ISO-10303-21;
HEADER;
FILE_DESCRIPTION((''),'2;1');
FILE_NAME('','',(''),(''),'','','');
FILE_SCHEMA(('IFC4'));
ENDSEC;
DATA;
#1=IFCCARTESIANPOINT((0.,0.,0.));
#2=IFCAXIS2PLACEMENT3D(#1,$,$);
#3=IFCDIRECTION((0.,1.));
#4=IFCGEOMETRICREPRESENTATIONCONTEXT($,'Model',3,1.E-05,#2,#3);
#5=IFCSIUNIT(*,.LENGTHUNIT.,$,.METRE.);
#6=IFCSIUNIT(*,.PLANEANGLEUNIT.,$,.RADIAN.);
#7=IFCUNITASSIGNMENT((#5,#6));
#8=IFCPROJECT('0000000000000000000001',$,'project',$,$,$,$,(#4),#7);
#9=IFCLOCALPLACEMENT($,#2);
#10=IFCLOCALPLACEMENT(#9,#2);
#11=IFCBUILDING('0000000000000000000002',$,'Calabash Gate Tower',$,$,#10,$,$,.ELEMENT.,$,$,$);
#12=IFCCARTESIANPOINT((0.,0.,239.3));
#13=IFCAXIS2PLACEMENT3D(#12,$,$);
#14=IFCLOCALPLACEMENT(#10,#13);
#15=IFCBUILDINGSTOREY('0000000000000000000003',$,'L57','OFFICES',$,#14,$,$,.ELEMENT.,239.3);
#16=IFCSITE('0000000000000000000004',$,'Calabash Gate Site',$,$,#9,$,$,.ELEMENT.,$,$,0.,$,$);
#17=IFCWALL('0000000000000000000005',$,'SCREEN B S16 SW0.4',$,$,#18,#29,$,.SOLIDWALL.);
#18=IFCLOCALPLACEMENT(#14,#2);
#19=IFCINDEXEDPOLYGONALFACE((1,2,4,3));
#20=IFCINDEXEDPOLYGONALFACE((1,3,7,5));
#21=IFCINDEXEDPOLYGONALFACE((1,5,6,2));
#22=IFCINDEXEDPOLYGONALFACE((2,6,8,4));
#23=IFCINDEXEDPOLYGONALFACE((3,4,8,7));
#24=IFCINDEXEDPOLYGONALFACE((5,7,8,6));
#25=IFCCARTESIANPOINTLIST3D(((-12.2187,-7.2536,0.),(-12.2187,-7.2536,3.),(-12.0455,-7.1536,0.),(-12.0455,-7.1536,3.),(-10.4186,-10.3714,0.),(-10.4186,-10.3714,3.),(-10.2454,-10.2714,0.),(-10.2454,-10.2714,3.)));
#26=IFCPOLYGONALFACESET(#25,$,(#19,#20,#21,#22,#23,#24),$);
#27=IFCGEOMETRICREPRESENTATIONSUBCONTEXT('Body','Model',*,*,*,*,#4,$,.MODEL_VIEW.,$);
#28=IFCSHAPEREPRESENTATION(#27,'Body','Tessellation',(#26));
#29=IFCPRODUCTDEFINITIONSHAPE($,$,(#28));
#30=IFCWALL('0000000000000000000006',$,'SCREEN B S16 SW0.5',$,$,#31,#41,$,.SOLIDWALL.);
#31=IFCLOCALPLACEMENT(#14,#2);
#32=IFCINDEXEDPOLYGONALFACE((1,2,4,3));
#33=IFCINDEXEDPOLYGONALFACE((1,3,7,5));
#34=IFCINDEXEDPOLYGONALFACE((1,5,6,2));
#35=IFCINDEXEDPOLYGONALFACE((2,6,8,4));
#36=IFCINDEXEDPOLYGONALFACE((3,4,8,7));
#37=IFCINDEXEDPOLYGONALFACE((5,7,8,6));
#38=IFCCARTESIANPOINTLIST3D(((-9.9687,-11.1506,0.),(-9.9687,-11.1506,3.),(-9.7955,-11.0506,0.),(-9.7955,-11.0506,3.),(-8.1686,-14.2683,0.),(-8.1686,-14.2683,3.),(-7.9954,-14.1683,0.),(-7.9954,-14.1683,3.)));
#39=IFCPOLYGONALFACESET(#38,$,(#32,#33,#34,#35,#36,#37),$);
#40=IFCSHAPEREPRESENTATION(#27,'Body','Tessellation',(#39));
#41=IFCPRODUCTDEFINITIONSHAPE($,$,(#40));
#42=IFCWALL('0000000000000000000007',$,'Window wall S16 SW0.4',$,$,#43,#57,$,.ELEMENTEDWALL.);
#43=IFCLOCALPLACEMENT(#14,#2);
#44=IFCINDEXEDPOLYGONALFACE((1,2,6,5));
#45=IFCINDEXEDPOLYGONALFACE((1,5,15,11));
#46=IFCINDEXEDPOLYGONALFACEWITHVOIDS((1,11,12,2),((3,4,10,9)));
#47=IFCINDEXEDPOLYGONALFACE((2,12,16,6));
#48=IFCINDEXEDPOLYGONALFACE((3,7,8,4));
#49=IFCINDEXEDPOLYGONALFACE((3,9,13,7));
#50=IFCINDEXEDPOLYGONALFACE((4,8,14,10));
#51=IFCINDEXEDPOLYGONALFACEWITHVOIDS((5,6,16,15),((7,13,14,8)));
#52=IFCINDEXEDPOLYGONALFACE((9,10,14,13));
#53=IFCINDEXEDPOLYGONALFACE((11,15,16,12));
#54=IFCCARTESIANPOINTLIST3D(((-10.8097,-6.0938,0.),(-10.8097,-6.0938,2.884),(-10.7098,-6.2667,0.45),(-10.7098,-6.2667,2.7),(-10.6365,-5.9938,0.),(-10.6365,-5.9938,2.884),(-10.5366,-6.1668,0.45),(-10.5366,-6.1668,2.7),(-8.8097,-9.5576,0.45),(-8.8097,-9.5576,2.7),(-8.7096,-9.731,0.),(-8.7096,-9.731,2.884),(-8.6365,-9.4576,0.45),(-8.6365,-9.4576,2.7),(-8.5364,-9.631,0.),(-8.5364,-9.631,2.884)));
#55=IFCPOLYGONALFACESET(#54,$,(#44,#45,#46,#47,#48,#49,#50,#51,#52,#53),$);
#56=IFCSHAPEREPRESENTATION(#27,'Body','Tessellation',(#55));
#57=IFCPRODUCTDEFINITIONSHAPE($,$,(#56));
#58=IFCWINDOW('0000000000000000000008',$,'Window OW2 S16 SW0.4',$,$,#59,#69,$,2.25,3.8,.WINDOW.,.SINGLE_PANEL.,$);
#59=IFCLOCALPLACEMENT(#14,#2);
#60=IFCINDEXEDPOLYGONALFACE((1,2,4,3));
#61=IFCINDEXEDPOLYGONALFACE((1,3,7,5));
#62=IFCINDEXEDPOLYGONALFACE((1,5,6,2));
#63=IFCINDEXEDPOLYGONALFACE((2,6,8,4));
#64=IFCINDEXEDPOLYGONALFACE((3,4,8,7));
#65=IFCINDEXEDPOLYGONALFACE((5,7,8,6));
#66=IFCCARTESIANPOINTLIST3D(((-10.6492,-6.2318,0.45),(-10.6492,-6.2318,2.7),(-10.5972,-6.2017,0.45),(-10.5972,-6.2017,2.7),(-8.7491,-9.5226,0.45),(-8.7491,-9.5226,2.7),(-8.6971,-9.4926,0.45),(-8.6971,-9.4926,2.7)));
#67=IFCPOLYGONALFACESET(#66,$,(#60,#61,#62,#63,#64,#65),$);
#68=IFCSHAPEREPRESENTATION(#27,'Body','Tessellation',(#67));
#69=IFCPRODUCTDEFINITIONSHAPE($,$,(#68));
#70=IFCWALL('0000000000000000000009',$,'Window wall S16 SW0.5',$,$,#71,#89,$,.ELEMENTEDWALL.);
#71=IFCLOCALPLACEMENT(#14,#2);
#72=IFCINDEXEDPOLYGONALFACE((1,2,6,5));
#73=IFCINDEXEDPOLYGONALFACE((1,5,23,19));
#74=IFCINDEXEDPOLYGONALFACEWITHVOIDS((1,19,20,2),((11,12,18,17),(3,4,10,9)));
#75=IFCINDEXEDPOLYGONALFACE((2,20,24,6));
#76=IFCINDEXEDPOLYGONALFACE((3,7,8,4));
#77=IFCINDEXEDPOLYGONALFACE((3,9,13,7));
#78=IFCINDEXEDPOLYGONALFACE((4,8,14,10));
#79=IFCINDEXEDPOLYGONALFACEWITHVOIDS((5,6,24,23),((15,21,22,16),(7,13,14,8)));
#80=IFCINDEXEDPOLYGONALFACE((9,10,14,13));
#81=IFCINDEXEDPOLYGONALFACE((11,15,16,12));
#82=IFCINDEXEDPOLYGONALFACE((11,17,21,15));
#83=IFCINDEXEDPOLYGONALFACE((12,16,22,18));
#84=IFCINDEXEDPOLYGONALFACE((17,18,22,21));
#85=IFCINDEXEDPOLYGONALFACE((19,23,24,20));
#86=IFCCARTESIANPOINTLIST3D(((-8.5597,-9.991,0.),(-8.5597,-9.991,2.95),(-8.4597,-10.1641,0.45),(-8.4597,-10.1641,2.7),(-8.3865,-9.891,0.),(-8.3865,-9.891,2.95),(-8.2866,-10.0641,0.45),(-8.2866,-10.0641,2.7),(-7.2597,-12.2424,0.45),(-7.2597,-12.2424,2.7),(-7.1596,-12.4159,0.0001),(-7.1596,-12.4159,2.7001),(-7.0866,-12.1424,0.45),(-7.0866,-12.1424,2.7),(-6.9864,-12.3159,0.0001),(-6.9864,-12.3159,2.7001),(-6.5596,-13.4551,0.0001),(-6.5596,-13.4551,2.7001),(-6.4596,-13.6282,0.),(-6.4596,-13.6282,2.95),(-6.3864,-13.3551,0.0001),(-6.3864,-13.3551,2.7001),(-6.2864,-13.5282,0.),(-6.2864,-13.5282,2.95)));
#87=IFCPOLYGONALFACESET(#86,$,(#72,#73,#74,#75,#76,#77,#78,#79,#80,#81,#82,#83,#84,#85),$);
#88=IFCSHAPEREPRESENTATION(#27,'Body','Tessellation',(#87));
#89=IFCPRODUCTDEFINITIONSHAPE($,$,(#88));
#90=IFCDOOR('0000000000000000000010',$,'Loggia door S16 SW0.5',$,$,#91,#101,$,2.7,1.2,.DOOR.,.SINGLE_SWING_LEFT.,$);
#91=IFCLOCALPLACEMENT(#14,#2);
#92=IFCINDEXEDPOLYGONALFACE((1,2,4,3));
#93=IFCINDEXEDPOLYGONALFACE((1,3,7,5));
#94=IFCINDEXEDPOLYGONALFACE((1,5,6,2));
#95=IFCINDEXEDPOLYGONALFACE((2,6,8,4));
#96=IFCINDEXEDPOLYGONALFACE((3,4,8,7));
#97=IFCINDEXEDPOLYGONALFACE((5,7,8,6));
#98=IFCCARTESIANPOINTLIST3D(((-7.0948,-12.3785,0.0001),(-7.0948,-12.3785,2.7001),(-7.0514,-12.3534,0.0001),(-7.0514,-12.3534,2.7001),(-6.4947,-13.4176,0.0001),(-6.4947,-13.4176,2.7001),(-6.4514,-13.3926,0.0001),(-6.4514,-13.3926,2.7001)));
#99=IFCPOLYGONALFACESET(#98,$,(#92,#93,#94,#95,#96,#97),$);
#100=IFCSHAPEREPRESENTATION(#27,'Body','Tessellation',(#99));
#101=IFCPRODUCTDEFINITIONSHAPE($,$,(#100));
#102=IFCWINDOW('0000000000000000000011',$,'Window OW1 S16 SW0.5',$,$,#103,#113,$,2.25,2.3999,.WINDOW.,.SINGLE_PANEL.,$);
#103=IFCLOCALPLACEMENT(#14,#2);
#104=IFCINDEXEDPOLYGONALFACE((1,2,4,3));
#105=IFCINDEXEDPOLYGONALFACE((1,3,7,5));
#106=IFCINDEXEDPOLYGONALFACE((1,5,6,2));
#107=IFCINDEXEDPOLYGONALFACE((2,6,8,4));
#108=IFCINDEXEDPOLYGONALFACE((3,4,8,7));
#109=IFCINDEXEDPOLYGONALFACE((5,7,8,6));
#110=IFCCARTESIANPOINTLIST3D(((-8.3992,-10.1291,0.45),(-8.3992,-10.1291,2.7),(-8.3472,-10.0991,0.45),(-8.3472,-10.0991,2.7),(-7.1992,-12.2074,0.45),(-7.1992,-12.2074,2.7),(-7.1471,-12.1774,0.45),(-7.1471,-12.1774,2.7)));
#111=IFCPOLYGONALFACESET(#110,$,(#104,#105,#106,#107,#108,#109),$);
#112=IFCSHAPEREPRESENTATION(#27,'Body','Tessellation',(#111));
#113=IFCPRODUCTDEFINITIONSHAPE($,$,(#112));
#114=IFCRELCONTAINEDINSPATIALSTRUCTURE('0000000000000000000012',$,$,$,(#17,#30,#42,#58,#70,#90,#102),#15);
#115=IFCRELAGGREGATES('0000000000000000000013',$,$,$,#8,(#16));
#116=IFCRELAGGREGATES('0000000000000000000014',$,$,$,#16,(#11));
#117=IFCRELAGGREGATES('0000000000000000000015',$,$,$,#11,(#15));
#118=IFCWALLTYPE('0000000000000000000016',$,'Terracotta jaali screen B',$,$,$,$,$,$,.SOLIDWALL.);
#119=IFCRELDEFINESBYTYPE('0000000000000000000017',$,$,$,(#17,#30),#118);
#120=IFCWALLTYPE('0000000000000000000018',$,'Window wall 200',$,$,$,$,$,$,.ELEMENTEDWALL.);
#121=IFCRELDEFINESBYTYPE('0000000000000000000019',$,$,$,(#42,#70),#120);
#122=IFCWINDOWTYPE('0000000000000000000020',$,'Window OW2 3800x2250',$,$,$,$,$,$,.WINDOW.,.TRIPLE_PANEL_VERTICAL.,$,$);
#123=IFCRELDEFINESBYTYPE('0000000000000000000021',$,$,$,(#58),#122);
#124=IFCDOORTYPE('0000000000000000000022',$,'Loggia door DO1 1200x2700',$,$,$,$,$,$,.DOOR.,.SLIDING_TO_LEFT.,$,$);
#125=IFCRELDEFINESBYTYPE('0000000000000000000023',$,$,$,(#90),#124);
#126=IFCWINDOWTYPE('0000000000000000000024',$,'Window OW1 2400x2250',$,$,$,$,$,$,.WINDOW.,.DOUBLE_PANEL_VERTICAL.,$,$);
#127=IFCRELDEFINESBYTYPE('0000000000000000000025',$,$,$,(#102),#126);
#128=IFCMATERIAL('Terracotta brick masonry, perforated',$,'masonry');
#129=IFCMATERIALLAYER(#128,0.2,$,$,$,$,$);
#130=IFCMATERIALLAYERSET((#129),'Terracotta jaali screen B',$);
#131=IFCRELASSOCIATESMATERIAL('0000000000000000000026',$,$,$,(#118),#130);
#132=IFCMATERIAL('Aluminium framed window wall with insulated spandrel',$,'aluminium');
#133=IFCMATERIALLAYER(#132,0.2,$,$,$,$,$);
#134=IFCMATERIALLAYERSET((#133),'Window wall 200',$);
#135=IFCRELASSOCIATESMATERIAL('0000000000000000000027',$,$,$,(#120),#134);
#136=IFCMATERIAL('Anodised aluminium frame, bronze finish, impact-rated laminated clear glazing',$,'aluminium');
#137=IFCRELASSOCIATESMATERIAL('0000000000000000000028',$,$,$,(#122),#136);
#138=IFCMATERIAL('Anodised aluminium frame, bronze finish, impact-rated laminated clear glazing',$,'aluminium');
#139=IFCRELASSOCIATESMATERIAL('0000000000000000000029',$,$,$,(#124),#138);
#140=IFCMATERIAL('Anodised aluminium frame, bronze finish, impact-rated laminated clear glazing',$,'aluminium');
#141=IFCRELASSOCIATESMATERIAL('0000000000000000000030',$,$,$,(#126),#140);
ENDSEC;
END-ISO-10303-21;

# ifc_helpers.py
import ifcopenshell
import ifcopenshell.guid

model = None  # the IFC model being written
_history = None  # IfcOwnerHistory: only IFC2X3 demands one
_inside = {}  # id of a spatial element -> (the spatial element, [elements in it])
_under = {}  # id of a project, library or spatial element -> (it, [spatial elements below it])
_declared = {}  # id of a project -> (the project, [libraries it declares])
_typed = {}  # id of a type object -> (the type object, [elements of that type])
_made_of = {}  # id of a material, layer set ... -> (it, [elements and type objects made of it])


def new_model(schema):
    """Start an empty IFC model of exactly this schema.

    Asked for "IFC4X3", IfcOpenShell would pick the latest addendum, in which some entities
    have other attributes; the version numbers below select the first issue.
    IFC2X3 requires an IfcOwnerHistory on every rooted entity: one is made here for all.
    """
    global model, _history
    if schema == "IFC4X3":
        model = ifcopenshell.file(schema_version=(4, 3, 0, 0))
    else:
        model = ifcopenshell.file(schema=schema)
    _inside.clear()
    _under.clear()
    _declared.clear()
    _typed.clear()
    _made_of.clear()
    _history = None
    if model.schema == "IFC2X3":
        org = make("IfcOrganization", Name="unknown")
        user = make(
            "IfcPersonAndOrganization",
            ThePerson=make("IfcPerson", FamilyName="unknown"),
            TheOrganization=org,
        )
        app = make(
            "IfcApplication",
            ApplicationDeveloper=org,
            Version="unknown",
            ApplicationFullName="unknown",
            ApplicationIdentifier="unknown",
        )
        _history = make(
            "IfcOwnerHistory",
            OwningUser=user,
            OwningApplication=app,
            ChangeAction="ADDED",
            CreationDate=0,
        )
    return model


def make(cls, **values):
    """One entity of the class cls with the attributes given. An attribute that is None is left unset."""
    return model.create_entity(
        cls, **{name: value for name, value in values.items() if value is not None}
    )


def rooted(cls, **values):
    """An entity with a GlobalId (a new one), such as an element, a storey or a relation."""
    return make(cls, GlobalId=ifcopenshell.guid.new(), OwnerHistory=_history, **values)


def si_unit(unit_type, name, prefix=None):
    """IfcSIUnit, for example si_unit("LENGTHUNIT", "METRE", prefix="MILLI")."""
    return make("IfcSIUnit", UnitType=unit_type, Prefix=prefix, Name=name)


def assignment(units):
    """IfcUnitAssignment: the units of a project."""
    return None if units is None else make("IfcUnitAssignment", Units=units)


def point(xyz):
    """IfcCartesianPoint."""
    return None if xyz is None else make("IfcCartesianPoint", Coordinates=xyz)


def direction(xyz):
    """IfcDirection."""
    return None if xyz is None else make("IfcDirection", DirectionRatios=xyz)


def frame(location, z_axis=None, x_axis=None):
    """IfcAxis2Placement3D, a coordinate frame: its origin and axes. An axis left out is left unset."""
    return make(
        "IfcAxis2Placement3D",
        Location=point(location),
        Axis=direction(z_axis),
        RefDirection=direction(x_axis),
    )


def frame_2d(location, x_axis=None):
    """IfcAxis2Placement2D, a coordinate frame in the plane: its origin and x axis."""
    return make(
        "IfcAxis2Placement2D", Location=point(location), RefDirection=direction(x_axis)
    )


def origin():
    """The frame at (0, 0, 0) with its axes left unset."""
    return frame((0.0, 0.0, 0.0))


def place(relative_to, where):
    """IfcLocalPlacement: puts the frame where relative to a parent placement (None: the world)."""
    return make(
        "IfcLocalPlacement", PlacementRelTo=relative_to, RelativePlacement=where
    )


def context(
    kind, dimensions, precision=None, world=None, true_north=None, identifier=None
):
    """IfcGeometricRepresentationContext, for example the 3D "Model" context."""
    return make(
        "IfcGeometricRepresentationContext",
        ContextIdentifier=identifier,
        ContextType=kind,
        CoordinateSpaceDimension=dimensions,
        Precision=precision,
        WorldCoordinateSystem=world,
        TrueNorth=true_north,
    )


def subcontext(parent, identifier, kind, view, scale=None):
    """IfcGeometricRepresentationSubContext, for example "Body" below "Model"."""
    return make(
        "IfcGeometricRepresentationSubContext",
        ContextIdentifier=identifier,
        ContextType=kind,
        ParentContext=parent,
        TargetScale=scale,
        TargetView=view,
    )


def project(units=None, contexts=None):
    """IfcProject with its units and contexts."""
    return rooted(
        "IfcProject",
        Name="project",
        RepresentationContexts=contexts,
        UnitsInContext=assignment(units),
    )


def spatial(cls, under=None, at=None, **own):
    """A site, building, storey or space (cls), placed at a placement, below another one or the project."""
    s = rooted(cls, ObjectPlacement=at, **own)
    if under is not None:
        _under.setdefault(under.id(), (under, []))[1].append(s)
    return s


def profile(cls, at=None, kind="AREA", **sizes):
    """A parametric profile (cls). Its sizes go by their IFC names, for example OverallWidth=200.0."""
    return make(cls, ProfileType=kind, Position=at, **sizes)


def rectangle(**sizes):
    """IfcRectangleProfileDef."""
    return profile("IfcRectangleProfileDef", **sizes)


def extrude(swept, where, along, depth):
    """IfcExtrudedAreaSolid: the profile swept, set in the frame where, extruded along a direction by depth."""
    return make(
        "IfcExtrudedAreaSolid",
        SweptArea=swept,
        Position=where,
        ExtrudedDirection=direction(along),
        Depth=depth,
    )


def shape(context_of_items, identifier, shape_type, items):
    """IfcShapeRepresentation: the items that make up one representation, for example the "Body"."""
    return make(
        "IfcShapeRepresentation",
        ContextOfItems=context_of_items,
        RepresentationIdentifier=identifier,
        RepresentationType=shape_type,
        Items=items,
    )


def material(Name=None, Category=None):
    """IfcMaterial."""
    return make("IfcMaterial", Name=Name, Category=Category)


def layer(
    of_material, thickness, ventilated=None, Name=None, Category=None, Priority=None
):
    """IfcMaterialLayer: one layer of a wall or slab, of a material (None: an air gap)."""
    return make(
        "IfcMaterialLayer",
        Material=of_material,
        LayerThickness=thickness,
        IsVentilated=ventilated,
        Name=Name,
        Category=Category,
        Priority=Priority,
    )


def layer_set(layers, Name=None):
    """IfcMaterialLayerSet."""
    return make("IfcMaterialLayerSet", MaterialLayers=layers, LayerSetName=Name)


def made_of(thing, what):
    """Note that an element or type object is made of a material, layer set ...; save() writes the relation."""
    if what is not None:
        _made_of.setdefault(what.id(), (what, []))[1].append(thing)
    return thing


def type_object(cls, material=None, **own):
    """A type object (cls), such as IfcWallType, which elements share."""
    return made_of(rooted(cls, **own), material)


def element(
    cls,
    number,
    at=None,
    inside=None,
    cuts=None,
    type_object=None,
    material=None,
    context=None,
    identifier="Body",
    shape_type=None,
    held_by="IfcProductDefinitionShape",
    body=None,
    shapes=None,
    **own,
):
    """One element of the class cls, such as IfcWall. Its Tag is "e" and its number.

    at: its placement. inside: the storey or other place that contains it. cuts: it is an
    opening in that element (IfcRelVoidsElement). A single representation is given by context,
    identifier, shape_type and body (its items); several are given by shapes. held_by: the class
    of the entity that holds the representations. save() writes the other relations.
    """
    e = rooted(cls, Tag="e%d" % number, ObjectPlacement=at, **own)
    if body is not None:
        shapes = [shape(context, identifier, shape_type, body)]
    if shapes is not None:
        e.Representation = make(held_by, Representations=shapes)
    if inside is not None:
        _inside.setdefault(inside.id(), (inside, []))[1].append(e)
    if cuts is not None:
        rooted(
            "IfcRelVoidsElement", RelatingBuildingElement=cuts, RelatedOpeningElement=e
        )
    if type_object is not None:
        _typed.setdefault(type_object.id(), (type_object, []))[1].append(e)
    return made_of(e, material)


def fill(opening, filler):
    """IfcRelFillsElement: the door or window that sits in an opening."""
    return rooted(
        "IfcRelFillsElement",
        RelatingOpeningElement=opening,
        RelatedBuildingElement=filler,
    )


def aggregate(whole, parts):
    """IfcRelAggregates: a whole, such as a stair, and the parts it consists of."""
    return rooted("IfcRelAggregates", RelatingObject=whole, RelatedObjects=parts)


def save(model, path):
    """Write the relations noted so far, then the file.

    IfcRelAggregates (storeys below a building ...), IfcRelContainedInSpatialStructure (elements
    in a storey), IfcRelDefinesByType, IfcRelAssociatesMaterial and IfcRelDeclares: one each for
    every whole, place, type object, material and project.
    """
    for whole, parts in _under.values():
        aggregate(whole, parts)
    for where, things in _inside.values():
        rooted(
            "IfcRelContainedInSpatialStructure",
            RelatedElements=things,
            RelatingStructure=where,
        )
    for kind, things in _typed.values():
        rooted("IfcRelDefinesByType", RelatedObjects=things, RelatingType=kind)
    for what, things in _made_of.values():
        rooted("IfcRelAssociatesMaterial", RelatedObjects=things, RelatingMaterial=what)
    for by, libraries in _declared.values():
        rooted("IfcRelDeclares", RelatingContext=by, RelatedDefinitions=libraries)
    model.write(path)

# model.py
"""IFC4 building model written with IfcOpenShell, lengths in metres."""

from ifc_helpers import new_model, si_unit, direction, frame, frame_2d, origin, place, context, subcontext, project, spatial, rectangle, extrude, material, layer, layer_set, type_object, element, fill, save


model = new_model("IFC4")

# Units and contexts
model_context = context("Model", 3, precision=1e-05, world=origin(), true_north=direction((0.0, 1.0)))
body_context = subcontext(model_context, "Body", "Model", "MODEL_VIEW")
ifc_project = project(units=[si_unit("LENGTHUNIT", "METRE"), si_unit("PLANEANGLEUNIT", "RADIAN")], contexts=[model_context])

# Site, building, storey
site_placement = place(None, origin())
site = spatial("IfcSite", under=ifc_project, at=site_placement, Name="Calabash Gate Site", CompositionType="ELEMENT", RefElevation=0.0)
building_placement = place(site_placement, origin())
building = spatial("IfcBuilding", under=site, at=building_placement, Name="Calabash Gate Tower", CompositionType="ELEMENT")
storey_placement = place(building_placement, frame((0.0, 0.0, 239.3)))
storey = spatial("IfcBuildingStorey", under=building, at=storey_placement, Name="L57", Description="OFFICES", CompositionType="ELEMENT", Elevation=239.3)

# Walls
ifc_material_1 = material(Name="Terracotta brick masonry, perforated", Category="masonry")
ifc_layer_1 = layer(ifc_material_1, 0.2)
ifc_layer_set_1 = layer_set([ifc_layer_1], Name="Terracotta jaali screen B")
wall_type_1 = type_object("IfcWallType", Name="Terracotta jaali screen B", PredefinedType="SOLIDWALL", material=ifc_layer_set_1)
for number, where, z_axis, x_axis, name in (
    (1, (-12.1321, -7.2036, 0.0), (0.0, 0.0, 1.0), (0.500012, -0.866018, 0.0), "SCREEN B S16 SW0.4"),
    (2, (-9.8821, -11.1006, 0.0), (0.0, 0.0, 1.0), (0.500012, -0.866018, 0.0), "SCREEN B S16 SW0.5"),
):
    element("IfcWall", number, at=place(storey_placement, frame(where, z_axis=z_axis, x_axis=x_axis)), inside=storey, type_object=wall_type_1, Name=name, PredefinedType="SOLIDWALL", context=body_context, shape_type="SweptSolid", body=[
        extrude(rectangle(XDim=3.6001, YDim=0.2, at=frame_2d((1.8, 0.0))), origin(), (0.0, 0.0, 1.0), 3.0),
    ])

# Wall, opening, window
ifc_material_2 = material(Name="Aluminium framed window wall with insulated spandrel", Category="aluminium")
ifc_layer_2 = layer(ifc_material_2, 0.2)
ifc_layer_set_2 = layer_set([ifc_layer_2], Name="Window wall 200")
wall_type_2 = type_object("IfcWallType", Name="Window wall 200", PredefinedType="ELEMENTEDWALL", material=ifc_layer_set_2)
wall_1_placement = place(storey_placement, frame((-10.7231, -6.0437, 0.0), z_axis=(0.0, 0.0, 1.0), x_axis=(0.500028, -0.866009, 0.0)))
wall_1 = element("IfcWall", 3, at=wall_1_placement, inside=storey, type_object=wall_type_2, Name="Window wall S16 SW0.4", PredefinedType="ELEMENTEDWALL", context=body_context, shape_type="SweptSolid", body=[
    extrude(rectangle(XDim=4.2, YDim=0.2, at=frame_2d((2.1001, 0.0))), origin(), (0.0, 0.0, 1.0), 2.884),
])
opening_1_placement = place(wall_1_placement, frame((0.2, 0.0, 0.45)))
opening_1 = element("IfcOpeningElement", 4, at=opening_1_placement, cuts=wall_1, PredefinedType="OPENING", context=body_context, shape_type="SweptSolid", body=[
    extrude(rectangle(XDim=3.8, YDim=2.25, at=frame_2d((1.8999, 1.125))), frame((0.0, 0.1099, 0.0), z_axis=(0.0, -1.0, 0.0), x_axis=(1.0, 0.0, 0.0)), (0.0, 0.0, 1.0), 0.22),
])
ifc_material_3 = material(Name="Anodised aluminium frame, bronze finish, impact-rated laminated clear glazing", Category="aluminium")
window_type_1 = type_object("IfcWindowType", Name="Window OW2 3800x2250", PartitioningType="TRIPLE_PANEL_VERTICAL", PredefinedType="WINDOW", material=ifc_material_3)
window_1_placement = place(opening_1_placement, origin())
window_1 = element("IfcWindow", 5, at=window_1_placement, inside=storey, type_object=window_type_1, Name="Window OW2 S16 SW0.4", OverallHeight=2.25, OverallWidth=3.8, PartitioningType="SINGLE_PANEL", PredefinedType="WINDOW", context=body_context, shape_type="SweptSolid", body=[
    extrude(rectangle(XDim=3.8, YDim=2.25, at=frame_2d((1.8999, 1.125))), frame((0.0, 0.03, 0.0), z_axis=(0.0, -1.0, 0.0), x_axis=(1.0, 0.0, 0.0)), (0.0, 0.0, 1.0), 0.0601),
])
fill(opening_1, window_1)

# Wall, openings, door, window
wall_2_placement = place(storey_placement, frame((-8.4731, -9.9409, 0.0), z_axis=(0.0, 0.0, 1.0), x_axis=(0.500028, -0.866009, 0.0)))
wall_2 = element("IfcWall", 6, at=wall_2_placement, inside=storey, type_object=wall_type_2, Name="Window wall S16 SW0.5", PredefinedType="ELEMENTEDWALL", context=body_context, shape_type="SweptSolid", body=[
    extrude(rectangle(XDim=4.2, YDim=0.2, at=frame_2d((2.1001, 0.0))), origin(), (0.0, 0.0, 1.0), 2.95),
])
opening_2_placement = place(wall_2_placement, frame((0.2, 0.0, 0.45)))
opening_2 = element("IfcOpeningElement", 7, at=opening_2_placement, cuts=wall_2, PredefinedType="OPENING", context=body_context, shape_type="SweptSolid", body=[
    extrude(rectangle(XDim=2.3999, YDim=2.25, at=frame_2d((1.2, 1.125))), frame((0.0, 0.1099, 0.0), z_axis=(0.0, -1.0, 0.0), x_axis=(1.0, 0.0, 0.0)), (0.0, 0.0, 1.0), 0.22),
])
opening_3_placement = place(wall_2_placement, frame((2.8, 0.0, 0.0)))
opening_3 = element("IfcOpeningElement", 8, at=opening_3_placement, cuts=wall_2, PredefinedType="OPENING", context=body_context, shape_type="SweptSolid", body=[
    extrude(rectangle(XDim=1.2, YDim=2.7, at=frame_2d((0.6001, 1.3501))), frame((0.0, 0.1099, 0.0), z_axis=(0.0, -1.0, 0.0), x_axis=(1.0, 0.0, 0.0)), (0.0, 0.0, 1.0), 0.22),
])
ifc_material_4 = material(Name="Anodised aluminium frame, bronze finish, impact-rated laminated clear glazing", Category="aluminium")
door_type_1 = type_object("IfcDoorType", Name="Loggia door DO1 1200x2700", OperationType="SLIDING_TO_LEFT", PredefinedType="DOOR", material=ifc_material_4)
door_1_placement = place(opening_3_placement, origin())
door_1 = element("IfcDoor", 9, at=door_1_placement, inside=storey, type_object=door_type_1, Name="Loggia door S16 SW0.5", OperationType="SINGLE_SWING_LEFT", OverallHeight=2.7, OverallWidth=1.2, PredefinedType="DOOR", context=body_context, shape_type="SweptSolid", body=[
    extrude(rectangle(XDim=1.2, YDim=2.7, at=frame_2d((0.6001, 1.3501))), frame((0.0, 0.0249, 0.0), z_axis=(0.0, -1.0, 0.0), x_axis=(1.0, 0.0, 0.0)), (0.0, 0.0, 1.0), 0.05),
])
fill(opening_3, door_1)
ifc_material_5 = material(Name="Anodised aluminium frame, bronze finish, impact-rated laminated clear glazing", Category="aluminium")
window_type_2 = type_object("IfcWindowType", Name="Window OW1 2400x2250", PartitioningType="DOUBLE_PANEL_VERTICAL", PredefinedType="WINDOW", material=ifc_material_5)
window_2_placement = place(opening_2_placement, origin())
window_2 = element("IfcWindow", 10, at=window_2_placement, inside=storey, type_object=window_type_2, Name="Window OW1 S16 SW0.5", OverallHeight=2.25, OverallWidth=2.3999, PartitioningType="SINGLE_PANEL", PredefinedType="WINDOW", context=body_context, shape_type="SweptSolid", body=[
    extrude(rectangle(XDim=2.3999, YDim=2.25, at=frame_2d((1.2, 1.125))), frame((0.0, 0.03, 0.0), z_axis=(0.0, -1.0, 0.0), x_axis=(1.0, 0.0, 0.0)), (0.0, 0.0, 1.0), 0.0601),
])
fill(opening_2, window_2)

save(model, "model.ifc")
